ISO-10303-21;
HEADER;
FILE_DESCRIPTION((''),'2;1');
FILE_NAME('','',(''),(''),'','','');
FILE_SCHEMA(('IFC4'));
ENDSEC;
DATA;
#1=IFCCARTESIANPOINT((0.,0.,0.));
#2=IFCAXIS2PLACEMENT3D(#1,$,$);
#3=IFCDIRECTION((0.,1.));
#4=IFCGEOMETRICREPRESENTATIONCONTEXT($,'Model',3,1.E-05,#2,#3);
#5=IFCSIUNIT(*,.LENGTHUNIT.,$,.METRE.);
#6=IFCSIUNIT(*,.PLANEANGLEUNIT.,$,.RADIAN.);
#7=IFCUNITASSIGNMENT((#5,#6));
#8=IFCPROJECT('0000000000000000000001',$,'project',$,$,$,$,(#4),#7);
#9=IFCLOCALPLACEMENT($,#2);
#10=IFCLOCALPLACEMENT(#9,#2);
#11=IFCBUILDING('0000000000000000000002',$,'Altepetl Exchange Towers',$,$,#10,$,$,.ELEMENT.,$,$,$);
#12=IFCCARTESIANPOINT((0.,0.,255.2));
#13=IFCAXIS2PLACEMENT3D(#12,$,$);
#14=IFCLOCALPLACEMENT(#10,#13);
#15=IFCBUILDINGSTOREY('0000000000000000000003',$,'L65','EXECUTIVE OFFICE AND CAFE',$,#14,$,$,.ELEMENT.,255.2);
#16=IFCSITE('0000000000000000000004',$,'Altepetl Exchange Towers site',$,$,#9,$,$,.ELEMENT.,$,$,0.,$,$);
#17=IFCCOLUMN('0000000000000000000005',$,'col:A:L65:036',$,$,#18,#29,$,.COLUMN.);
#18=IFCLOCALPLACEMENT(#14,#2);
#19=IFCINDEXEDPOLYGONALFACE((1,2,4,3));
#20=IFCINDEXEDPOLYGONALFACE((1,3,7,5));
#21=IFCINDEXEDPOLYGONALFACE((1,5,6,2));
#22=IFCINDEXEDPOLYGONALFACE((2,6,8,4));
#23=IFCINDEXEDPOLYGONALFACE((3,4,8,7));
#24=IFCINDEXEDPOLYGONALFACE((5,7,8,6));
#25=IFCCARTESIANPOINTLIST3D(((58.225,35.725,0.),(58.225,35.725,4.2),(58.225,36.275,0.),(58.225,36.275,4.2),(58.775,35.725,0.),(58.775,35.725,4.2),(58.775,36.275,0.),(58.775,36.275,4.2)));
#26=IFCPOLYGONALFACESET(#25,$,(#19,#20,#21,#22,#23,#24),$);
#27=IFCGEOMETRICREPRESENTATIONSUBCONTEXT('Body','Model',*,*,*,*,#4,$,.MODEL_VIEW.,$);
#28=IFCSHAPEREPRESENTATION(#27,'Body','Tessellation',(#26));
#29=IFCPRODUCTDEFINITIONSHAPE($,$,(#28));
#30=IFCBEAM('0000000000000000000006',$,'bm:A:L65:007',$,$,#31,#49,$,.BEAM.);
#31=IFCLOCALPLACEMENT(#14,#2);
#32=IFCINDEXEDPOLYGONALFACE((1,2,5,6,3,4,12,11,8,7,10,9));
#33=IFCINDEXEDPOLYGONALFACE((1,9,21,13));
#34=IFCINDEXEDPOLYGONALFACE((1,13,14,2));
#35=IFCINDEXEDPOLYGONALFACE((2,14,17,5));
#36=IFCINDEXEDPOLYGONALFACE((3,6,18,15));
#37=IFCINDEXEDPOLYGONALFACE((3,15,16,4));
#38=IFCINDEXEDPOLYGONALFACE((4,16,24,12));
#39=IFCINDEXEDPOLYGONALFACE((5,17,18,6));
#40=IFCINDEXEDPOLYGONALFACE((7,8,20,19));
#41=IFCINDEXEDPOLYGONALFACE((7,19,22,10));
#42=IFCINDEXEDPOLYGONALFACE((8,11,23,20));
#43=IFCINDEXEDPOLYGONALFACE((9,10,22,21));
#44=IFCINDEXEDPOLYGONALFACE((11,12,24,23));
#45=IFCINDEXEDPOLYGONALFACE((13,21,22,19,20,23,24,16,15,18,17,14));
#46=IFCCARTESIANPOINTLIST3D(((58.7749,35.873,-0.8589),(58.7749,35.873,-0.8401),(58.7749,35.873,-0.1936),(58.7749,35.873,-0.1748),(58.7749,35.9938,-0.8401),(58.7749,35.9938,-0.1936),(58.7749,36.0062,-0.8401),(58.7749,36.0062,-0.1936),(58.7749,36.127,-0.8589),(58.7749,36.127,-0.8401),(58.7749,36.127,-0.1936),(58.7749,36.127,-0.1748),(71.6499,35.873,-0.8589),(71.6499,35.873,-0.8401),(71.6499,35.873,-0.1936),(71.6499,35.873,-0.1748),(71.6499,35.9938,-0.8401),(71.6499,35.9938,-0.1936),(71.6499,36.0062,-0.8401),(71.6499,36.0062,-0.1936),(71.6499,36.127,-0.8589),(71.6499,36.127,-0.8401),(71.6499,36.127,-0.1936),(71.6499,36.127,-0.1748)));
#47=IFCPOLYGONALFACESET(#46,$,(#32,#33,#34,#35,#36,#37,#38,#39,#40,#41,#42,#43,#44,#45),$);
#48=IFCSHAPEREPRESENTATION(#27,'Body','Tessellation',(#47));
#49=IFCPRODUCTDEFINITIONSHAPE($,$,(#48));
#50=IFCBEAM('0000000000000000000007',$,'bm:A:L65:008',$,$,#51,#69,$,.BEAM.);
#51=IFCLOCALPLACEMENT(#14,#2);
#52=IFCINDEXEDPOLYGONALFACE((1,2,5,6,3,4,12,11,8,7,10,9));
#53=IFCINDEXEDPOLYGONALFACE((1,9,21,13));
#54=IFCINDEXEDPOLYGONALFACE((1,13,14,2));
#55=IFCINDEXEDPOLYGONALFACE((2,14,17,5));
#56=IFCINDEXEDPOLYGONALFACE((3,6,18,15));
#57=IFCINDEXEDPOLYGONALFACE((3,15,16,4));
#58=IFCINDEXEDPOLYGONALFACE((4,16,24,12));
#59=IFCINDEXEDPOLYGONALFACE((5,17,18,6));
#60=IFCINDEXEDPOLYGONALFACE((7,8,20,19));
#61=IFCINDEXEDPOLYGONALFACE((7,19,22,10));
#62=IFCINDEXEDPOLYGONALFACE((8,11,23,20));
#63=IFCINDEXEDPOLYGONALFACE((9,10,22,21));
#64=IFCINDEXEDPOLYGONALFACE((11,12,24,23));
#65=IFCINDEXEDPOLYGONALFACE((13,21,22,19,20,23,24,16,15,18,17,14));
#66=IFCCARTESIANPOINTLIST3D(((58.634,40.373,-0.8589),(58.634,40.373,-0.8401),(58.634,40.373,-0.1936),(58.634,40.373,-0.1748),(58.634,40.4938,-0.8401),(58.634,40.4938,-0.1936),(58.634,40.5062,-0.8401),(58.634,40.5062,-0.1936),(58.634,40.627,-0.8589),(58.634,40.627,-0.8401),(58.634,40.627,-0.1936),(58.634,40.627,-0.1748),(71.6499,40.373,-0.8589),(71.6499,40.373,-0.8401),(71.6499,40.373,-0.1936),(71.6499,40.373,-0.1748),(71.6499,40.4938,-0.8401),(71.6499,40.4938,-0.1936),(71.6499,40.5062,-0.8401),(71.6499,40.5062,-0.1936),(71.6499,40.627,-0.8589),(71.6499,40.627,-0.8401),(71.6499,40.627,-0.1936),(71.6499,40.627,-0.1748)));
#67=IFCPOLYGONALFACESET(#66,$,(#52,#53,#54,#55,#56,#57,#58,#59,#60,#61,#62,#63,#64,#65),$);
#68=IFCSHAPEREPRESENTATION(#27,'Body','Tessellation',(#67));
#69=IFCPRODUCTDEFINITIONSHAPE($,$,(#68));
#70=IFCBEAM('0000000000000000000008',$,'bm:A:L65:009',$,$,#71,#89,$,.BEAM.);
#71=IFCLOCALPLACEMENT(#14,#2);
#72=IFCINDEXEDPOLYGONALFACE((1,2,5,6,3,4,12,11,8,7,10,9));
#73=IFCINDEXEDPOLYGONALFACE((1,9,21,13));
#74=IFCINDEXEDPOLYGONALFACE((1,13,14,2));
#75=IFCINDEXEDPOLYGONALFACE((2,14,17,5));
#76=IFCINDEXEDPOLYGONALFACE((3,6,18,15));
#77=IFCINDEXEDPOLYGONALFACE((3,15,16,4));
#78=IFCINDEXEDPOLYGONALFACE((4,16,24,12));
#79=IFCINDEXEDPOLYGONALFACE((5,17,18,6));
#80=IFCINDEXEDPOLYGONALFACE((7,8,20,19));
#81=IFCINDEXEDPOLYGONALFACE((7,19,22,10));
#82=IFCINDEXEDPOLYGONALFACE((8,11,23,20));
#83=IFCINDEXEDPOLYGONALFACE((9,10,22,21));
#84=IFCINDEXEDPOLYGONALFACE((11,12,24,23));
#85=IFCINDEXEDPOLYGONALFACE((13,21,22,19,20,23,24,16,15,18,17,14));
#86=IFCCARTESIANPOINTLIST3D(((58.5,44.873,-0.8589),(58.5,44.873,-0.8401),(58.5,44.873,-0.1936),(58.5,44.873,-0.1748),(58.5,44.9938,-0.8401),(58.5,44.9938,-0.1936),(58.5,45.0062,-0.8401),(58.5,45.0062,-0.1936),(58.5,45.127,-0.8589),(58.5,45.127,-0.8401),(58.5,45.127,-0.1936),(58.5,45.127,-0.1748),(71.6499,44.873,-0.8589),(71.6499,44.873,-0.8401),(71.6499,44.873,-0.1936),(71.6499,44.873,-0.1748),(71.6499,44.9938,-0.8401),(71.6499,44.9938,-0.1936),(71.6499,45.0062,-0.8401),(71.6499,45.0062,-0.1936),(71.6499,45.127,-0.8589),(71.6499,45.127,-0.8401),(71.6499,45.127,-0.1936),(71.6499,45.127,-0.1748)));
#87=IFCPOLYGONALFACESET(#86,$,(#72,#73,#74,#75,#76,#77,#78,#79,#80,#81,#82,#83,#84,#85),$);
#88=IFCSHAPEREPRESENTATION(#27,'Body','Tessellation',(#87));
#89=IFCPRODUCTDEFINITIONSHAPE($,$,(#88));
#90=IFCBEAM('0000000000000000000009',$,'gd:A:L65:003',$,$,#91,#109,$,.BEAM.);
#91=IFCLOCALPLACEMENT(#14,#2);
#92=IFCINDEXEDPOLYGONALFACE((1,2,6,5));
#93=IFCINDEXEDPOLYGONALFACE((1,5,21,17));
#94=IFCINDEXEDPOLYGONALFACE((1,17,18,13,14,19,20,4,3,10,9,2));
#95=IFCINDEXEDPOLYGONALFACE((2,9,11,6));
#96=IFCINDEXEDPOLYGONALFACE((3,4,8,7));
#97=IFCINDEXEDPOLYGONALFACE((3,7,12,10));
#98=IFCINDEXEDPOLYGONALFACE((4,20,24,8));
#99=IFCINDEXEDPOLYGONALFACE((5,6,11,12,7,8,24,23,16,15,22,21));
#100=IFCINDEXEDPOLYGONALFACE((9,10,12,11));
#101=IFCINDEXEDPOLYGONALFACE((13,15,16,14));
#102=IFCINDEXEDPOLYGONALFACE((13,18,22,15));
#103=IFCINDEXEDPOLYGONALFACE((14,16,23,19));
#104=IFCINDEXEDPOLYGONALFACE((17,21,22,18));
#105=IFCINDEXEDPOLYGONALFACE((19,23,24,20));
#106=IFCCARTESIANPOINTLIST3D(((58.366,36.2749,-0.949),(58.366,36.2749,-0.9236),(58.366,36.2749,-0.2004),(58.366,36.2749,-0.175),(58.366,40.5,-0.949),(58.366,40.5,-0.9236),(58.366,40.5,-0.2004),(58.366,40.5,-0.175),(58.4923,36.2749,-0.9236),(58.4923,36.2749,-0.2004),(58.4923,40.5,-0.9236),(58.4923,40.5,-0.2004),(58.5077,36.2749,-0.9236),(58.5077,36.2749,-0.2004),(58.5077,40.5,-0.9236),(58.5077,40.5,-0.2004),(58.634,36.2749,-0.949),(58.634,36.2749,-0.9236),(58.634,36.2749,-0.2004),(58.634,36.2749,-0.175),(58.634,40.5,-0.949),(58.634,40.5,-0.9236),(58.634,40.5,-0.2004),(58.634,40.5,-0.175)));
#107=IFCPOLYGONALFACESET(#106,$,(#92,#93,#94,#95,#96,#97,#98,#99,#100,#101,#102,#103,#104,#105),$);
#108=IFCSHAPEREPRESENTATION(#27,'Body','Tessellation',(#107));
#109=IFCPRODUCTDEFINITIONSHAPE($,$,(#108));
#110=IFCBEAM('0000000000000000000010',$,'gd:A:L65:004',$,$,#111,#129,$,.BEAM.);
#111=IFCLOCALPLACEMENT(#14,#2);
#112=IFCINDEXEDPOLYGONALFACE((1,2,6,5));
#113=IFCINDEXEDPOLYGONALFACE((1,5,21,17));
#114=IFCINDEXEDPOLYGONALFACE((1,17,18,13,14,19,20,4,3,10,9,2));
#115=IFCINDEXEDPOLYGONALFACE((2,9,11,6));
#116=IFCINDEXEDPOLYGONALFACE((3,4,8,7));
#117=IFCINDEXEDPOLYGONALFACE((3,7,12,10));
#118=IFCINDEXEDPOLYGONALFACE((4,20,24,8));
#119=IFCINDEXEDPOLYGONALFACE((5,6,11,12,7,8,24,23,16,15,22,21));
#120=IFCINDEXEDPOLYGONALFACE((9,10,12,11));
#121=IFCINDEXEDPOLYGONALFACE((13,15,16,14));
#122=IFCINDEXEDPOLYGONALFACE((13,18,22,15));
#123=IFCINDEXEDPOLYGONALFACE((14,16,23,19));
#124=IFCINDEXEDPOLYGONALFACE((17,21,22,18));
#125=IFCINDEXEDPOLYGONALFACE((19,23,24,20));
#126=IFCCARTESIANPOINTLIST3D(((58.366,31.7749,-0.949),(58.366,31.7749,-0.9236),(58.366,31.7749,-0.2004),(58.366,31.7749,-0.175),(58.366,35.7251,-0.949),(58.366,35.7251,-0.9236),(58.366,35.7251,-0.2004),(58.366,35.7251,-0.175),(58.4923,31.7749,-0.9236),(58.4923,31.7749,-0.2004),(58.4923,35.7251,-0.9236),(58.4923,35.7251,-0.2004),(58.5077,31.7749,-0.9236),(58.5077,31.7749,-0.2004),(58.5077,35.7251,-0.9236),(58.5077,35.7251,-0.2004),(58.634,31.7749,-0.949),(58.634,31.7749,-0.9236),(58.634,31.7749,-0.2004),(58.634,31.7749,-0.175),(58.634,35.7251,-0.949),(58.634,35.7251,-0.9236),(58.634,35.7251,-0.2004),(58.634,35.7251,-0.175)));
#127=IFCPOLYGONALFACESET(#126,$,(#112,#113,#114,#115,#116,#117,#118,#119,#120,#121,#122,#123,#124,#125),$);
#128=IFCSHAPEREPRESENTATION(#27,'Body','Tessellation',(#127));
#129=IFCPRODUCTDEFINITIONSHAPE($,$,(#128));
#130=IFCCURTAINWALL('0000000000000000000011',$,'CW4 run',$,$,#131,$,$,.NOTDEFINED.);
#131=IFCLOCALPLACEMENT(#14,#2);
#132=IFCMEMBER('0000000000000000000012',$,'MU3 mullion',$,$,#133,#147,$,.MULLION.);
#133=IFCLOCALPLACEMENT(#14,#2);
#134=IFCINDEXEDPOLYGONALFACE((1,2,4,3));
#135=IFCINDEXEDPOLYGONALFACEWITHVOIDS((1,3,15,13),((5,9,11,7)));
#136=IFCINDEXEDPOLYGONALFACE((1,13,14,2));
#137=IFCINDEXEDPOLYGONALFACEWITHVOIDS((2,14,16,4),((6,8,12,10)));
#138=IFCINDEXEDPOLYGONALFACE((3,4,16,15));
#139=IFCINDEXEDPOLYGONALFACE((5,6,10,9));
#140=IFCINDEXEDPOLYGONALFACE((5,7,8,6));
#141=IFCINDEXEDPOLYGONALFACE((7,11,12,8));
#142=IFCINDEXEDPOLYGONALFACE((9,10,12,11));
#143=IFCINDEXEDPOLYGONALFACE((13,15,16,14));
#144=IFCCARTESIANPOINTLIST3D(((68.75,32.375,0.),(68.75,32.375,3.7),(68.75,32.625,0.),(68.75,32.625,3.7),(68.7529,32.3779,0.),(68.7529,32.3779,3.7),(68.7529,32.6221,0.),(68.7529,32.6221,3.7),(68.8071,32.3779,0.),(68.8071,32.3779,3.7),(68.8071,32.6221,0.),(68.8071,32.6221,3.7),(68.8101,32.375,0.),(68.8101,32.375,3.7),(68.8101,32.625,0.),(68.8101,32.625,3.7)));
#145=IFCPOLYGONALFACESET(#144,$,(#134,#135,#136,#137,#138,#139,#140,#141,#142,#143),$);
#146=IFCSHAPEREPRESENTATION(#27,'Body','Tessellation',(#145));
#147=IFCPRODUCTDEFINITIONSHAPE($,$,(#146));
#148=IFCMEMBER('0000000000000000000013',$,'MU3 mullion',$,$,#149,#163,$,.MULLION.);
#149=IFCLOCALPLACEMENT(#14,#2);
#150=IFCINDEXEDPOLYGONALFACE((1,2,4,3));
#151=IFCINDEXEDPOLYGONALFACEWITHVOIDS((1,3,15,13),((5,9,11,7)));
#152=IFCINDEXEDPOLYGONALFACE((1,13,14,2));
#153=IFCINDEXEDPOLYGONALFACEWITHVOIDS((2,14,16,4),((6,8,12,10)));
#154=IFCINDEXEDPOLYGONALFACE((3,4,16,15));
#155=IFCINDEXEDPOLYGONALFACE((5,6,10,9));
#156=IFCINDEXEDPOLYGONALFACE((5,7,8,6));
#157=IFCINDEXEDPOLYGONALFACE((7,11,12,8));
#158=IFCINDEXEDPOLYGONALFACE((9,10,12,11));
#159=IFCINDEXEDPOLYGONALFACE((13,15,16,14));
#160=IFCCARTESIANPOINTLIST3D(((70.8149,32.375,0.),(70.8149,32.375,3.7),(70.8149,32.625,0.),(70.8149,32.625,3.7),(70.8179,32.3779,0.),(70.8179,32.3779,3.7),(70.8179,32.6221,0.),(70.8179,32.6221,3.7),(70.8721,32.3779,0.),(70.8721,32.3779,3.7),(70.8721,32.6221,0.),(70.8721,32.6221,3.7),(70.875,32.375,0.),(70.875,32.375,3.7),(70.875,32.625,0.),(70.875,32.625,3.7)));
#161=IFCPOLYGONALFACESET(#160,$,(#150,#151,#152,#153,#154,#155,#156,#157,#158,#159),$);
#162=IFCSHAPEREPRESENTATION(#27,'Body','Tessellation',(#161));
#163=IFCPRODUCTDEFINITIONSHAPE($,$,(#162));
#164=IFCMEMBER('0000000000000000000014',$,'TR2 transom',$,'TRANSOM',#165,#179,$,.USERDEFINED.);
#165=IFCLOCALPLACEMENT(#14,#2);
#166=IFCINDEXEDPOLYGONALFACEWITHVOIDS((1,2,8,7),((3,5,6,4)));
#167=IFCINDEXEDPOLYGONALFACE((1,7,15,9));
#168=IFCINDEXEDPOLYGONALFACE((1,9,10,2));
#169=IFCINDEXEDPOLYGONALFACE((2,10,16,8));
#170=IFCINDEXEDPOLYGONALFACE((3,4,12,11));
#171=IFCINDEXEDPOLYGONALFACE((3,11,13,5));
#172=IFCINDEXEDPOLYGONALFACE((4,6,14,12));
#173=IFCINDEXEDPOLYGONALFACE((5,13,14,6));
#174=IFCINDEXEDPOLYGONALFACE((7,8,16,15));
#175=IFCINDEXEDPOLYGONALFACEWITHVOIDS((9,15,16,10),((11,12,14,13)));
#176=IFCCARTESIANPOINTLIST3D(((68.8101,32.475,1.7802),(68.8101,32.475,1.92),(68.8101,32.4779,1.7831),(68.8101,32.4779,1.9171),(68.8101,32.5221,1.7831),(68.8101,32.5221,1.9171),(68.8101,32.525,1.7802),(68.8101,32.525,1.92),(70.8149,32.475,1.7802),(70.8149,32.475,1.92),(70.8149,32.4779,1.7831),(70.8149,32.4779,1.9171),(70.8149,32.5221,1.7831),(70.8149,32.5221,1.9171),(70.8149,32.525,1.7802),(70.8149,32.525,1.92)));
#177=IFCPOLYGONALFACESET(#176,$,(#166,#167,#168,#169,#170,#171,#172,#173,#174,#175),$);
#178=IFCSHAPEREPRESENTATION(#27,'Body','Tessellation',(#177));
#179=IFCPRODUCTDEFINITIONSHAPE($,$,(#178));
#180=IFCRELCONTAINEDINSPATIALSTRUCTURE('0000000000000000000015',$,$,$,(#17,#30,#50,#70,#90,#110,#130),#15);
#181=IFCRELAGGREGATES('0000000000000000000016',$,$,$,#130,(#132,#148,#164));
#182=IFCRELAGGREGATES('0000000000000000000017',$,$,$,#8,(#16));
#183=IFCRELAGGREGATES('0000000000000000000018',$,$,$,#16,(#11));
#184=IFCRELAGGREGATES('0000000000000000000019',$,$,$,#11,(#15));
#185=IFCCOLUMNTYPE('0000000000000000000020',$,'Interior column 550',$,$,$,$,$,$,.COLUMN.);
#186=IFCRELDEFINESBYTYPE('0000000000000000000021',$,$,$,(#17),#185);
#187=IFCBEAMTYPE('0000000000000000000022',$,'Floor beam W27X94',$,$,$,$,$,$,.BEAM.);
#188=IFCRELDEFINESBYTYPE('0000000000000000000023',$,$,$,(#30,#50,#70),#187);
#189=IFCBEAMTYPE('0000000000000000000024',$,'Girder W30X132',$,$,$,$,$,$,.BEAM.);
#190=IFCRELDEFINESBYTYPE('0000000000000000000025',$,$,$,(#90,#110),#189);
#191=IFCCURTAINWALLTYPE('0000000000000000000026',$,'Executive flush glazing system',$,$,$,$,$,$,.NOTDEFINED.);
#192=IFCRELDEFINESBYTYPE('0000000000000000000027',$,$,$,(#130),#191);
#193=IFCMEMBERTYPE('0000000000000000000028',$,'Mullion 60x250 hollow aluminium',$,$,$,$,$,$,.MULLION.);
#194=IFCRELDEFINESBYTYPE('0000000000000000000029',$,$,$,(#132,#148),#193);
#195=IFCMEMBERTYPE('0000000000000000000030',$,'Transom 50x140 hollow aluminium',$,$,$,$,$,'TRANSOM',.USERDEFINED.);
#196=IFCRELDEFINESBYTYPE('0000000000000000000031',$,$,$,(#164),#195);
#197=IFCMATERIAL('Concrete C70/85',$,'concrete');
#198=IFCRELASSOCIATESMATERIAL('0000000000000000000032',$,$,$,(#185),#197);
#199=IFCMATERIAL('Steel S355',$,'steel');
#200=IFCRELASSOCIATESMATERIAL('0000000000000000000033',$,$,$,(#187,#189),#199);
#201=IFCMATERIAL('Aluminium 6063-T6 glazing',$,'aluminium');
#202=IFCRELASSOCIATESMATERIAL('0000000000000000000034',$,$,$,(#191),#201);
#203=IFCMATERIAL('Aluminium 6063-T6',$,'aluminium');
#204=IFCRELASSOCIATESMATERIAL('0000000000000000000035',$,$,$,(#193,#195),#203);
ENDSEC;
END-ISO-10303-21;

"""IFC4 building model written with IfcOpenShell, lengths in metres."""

from ifc_helpers import new_model, si_unit, direction, frame, origin, origin_2d, place, context, subcontext, project, spatial, rectangle, hollow_rectangle, i_section, extrude, material, material_profile, profile_set, type_object, element, aggregate, save


model = new_model("IFC4")

# Units and contexts
model_context = context("Model", 3, precision=1e-05, world=origin(), true_north=direction((0.0, 1.0)))
body_context = subcontext(model_context, "Body", "Model", "MODEL_VIEW")
ifc_project = project(units=[si_unit("LENGTHUNIT", "METRE"), si_unit("PLANEANGLEUNIT", "RADIAN")], contexts=[model_context])

# Site, building, storey
site_placement = place(None, origin())
site = spatial("IfcSite", under=ifc_project, at=site_placement, Name="Altepetl Exchange Towers site", CompositionType="ELEMENT", RefElevation=0.0)
building_placement = place(site_placement, origin())
building = spatial("IfcBuilding", under=site, at=building_placement, Name="Altepetl Exchange Towers", CompositionType="ELEMENT")
storey_placement = place(building_placement, frame((0.0, 0.0, 255.2)))
storey = spatial("IfcBuildingStorey", under=building, at=storey_placement, Name="L65", Description="EXECUTIVE OFFICE AND CAFE", CompositionType="ELEMENT", Elevation=255.2)

# Column
ifc_material_1 = material(Name="Concrete C70/85", Category="concrete")
ifc_material_profile_1 = material_profile(ifc_material_1, rectangle(XDim=0.55, YDim=0.55, at=origin_2d()), Name="550 x 550")
ifc_profile_set_1 = profile_set([ifc_material_profile_1], Name="Concrete C70/85")
column_type = type_object("IfcColumnType", Name="Interior column 550", PredefinedType="COLUMN", material=ifc_profile_set_1)
column_placement = place(storey_placement, frame((58.5, 36.0, 0.0)))
element("IfcColumn", 1, at=column_placement, inside=storey, type_object=column_type, Name="col:A:L65:036", PredefinedType="COLUMN", context=body_context, shape_type="SweptSolid", body=[
    extrude(rectangle(XDim=0.55, YDim=0.55, at=origin_2d()), origin(), (0.0, 0.0, 1.0), 4.2),
])

# Beams
ifc_material_2 = material(Name="Steel S355", Category="steel")
ifc_material_profile_2 = material_profile(ifc_material_2, i_section(OverallWidth=0.2539, OverallDepth=0.6841, WebThickness=0.0125, FlangeThickness=0.0188, at=origin_2d()), Name="W27X94")
ifc_profile_set_2 = profile_set([ifc_material_profile_2], Name="Steel S355")
beam_type_1 = type_object("IfcBeamType", Name="Floor beam W27X94", PredefinedType="BEAM", material=ifc_profile_set_2)
beam_1_placement = place(storey_placement, frame((58.7749, 36.0, -0.5168), z_axis=(1.0, 0.0, 0.0), x_axis=(0.0, 1.0, 0.0)))
element("IfcBeam", 2, at=beam_1_placement, inside=storey, type_object=beam_type_1, Name="bm:A:L65:007", PredefinedType="BEAM", context=body_context, shape_type="SweptSolid", body=[
    extrude(i_section(OverallWidth=0.2539, OverallDepth=0.6841, WebThickness=0.0125, FlangeThickness=0.0188, at=origin_2d()), origin(), (0.0, 0.0, 1.0), 12.875),
])
beam_2_placement = place(storey_placement, frame((58.634, 40.5, -0.5168), z_axis=(1.0, 0.0, 0.0), x_axis=(0.0, 1.0, 0.0)))
element("IfcBeam", 3, at=beam_2_placement, inside=storey, type_object=beam_type_1, Name="bm:A:L65:008", PredefinedType="BEAM", context=body_context, shape_type="SweptSolid", body=[
    extrude(i_section(OverallWidth=0.2539, OverallDepth=0.6841, WebThickness=0.0125, FlangeThickness=0.0188, at=origin_2d()), origin(), (0.0, 0.0, 1.0), 13.0159),
])
beam_3_placement = place(storey_placement, frame((58.5, 45.0, -0.5168), z_axis=(1.0, 0.0, 0.0), x_axis=(0.0, 1.0, 0.0)))
element("IfcBeam", 4, at=beam_3_placement, inside=storey, type_object=beam_type_1, Name="bm:A:L65:009", PredefinedType="BEAM", context=body_context, shape_type="SweptSolid", body=[
    extrude(i_section(OverallWidth=0.2539, OverallDepth=0.6841, WebThickness=0.0125, FlangeThickness=0.0188, at=origin_2d()), origin(), (0.0, 0.0, 1.0), 13.1499),
])
ifc_material_profile_3 = material_profile(ifc_material_2, i_section(OverallWidth=0.2681, OverallDepth=0.7739, WebThickness=0.0154, FlangeThickness=0.0254, at=origin_2d()), Name="W30X132")
ifc_profile_set_3 = profile_set([ifc_material_profile_3], Name="Steel S355")
beam_type_2 = type_object("IfcBeamType", Name="Girder W30X132", PredefinedType="BEAM", material=ifc_profile_set_3)
beam_4_placement = place(storey_placement, frame((58.5, 40.5, -0.562), z_axis=(0.0, -1.0, 0.0), x_axis=(1.0, 0.0, 0.0)))
element("IfcBeam", 5, at=beam_4_placement, inside=storey, type_object=beam_type_2, Name="gd:A:L65:003", PredefinedType="BEAM", context=body_context, shape_type="SweptSolid", body=[
    extrude(i_section(OverallWidth=0.2681, OverallDepth=0.7739, WebThickness=0.0154, FlangeThickness=0.0254, at=origin_2d()), origin(), (0.0, 0.0, 1.0), 4.2251),
])
beam_5_placement = place(storey_placement, frame((58.5, 35.7251, -0.562), z_axis=(0.0, -1.0, 0.0), x_axis=(1.0, 0.0, 0.0)))
element("IfcBeam", 6, at=beam_5_placement, inside=storey, type_object=beam_type_2, Name="gd:A:L65:004", PredefinedType="BEAM", context=body_context, shape_type="SweptSolid", body=[
    extrude(i_section(OverallWidth=0.2681, OverallDepth=0.7739, WebThickness=0.0154, FlangeThickness=0.0254, at=origin_2d()), origin(), (0.0, 0.0, 1.0), 3.9502),
])

# Curtain wall, members
ifc_material_3 = material(Name="Aluminium 6063-T6 glazing", Category="aluminium")
curtain_wall_type = type_object("IfcCurtainWallType", Name="Executive flush glazing system", PredefinedType="NOTDEFINED", material=ifc_material_3)
curtain_wall_placement = place(storey_placement, origin())
curtain_wall = element("IfcCurtainWall", 7, at=curtain_wall_placement, inside=storey, type_object=curtain_wall_type, Name="CW4 run", PredefinedType="NOTDEFINED")
ifc_material_4 = material(Name="Aluminium 6063-T6", Category="aluminium")
ifc_material_profile_4 = material_profile(ifc_material_4, hollow_rectangle(XDim=0.0601, YDim=0.25, WallThickness=0.0029, at=origin_2d()), Name="Mullion 60x250 hollow aluminium")
ifc_profile_set_4 = profile_set([ifc_material_profile_4], Name="Aluminium 6063-T6")
member_type_1 = type_object("IfcMemberType", Name="Mullion 60x250 hollow aluminium", PredefinedType="MULLION", material=ifc_profile_set_4)
member_1_placement = place(storey_placement, frame((68.78, 32.5, 0.0)))
member_1 = element("IfcMember", 8, at=member_1_placement, type_object=member_type_1, Name="MU3 mullion", PredefinedType="MULLION", context=body_context, shape_type="SweptSolid", body=[
    extrude(hollow_rectangle(XDim=0.0601, YDim=0.25, WallThickness=0.0029, at=origin_2d()), origin(), (0.0, 0.0, 1.0), 3.7),
])
member_2_placement = place(storey_placement, frame((70.845, 32.5, 0.0)))
member_2 = element("IfcMember", 9, at=member_2_placement, type_object=member_type_1, Name="MU3 mullion", PredefinedType="MULLION", context=body_context, shape_type="SweptSolid", body=[
    extrude(hollow_rectangle(XDim=0.0601, YDim=0.25, WallThickness=0.0029, at=origin_2d()), origin(), (0.0, 0.0, 1.0), 3.7),
])
ifc_material_profile_5 = material_profile(ifc_material_4, hollow_rectangle(XDim=0.05, YDim=0.1399, WallThickness=0.0029, at=origin_2d()), Name="Transom 50x140 hollow aluminium")
ifc_profile_set_5 = profile_set([ifc_material_profile_5], Name="Aluminium 6063-T6")
member_type_2 = type_object("IfcMemberType", Name="Transom 50x140 hollow aluminium", ElementType="TRANSOM", PredefinedType="USERDEFINED", material=ifc_profile_set_5)
member_3_placement = place(storey_placement, frame((68.8101, 32.5, 1.8501), z_axis=(1.0, 0.0, 0.0), x_axis=(0.0, 1.0, 0.0)))
member_3 = element("IfcMember", 10, at=member_3_placement, type_object=member_type_2, Name="TR2 transom", ObjectType="TRANSOM", PredefinedType="USERDEFINED", context=body_context, shape_type="SweptSolid", body=[
    extrude(hollow_rectangle(XDim=0.05, YDim=0.1399, WallThickness=0.0029, at=origin_2d()), origin(), (0.0, 0.0, 1.0), 2.0049),
])
aggregate(curtain_wall, [member_1, member_2, member_3])

save(model, "model.ifc")
